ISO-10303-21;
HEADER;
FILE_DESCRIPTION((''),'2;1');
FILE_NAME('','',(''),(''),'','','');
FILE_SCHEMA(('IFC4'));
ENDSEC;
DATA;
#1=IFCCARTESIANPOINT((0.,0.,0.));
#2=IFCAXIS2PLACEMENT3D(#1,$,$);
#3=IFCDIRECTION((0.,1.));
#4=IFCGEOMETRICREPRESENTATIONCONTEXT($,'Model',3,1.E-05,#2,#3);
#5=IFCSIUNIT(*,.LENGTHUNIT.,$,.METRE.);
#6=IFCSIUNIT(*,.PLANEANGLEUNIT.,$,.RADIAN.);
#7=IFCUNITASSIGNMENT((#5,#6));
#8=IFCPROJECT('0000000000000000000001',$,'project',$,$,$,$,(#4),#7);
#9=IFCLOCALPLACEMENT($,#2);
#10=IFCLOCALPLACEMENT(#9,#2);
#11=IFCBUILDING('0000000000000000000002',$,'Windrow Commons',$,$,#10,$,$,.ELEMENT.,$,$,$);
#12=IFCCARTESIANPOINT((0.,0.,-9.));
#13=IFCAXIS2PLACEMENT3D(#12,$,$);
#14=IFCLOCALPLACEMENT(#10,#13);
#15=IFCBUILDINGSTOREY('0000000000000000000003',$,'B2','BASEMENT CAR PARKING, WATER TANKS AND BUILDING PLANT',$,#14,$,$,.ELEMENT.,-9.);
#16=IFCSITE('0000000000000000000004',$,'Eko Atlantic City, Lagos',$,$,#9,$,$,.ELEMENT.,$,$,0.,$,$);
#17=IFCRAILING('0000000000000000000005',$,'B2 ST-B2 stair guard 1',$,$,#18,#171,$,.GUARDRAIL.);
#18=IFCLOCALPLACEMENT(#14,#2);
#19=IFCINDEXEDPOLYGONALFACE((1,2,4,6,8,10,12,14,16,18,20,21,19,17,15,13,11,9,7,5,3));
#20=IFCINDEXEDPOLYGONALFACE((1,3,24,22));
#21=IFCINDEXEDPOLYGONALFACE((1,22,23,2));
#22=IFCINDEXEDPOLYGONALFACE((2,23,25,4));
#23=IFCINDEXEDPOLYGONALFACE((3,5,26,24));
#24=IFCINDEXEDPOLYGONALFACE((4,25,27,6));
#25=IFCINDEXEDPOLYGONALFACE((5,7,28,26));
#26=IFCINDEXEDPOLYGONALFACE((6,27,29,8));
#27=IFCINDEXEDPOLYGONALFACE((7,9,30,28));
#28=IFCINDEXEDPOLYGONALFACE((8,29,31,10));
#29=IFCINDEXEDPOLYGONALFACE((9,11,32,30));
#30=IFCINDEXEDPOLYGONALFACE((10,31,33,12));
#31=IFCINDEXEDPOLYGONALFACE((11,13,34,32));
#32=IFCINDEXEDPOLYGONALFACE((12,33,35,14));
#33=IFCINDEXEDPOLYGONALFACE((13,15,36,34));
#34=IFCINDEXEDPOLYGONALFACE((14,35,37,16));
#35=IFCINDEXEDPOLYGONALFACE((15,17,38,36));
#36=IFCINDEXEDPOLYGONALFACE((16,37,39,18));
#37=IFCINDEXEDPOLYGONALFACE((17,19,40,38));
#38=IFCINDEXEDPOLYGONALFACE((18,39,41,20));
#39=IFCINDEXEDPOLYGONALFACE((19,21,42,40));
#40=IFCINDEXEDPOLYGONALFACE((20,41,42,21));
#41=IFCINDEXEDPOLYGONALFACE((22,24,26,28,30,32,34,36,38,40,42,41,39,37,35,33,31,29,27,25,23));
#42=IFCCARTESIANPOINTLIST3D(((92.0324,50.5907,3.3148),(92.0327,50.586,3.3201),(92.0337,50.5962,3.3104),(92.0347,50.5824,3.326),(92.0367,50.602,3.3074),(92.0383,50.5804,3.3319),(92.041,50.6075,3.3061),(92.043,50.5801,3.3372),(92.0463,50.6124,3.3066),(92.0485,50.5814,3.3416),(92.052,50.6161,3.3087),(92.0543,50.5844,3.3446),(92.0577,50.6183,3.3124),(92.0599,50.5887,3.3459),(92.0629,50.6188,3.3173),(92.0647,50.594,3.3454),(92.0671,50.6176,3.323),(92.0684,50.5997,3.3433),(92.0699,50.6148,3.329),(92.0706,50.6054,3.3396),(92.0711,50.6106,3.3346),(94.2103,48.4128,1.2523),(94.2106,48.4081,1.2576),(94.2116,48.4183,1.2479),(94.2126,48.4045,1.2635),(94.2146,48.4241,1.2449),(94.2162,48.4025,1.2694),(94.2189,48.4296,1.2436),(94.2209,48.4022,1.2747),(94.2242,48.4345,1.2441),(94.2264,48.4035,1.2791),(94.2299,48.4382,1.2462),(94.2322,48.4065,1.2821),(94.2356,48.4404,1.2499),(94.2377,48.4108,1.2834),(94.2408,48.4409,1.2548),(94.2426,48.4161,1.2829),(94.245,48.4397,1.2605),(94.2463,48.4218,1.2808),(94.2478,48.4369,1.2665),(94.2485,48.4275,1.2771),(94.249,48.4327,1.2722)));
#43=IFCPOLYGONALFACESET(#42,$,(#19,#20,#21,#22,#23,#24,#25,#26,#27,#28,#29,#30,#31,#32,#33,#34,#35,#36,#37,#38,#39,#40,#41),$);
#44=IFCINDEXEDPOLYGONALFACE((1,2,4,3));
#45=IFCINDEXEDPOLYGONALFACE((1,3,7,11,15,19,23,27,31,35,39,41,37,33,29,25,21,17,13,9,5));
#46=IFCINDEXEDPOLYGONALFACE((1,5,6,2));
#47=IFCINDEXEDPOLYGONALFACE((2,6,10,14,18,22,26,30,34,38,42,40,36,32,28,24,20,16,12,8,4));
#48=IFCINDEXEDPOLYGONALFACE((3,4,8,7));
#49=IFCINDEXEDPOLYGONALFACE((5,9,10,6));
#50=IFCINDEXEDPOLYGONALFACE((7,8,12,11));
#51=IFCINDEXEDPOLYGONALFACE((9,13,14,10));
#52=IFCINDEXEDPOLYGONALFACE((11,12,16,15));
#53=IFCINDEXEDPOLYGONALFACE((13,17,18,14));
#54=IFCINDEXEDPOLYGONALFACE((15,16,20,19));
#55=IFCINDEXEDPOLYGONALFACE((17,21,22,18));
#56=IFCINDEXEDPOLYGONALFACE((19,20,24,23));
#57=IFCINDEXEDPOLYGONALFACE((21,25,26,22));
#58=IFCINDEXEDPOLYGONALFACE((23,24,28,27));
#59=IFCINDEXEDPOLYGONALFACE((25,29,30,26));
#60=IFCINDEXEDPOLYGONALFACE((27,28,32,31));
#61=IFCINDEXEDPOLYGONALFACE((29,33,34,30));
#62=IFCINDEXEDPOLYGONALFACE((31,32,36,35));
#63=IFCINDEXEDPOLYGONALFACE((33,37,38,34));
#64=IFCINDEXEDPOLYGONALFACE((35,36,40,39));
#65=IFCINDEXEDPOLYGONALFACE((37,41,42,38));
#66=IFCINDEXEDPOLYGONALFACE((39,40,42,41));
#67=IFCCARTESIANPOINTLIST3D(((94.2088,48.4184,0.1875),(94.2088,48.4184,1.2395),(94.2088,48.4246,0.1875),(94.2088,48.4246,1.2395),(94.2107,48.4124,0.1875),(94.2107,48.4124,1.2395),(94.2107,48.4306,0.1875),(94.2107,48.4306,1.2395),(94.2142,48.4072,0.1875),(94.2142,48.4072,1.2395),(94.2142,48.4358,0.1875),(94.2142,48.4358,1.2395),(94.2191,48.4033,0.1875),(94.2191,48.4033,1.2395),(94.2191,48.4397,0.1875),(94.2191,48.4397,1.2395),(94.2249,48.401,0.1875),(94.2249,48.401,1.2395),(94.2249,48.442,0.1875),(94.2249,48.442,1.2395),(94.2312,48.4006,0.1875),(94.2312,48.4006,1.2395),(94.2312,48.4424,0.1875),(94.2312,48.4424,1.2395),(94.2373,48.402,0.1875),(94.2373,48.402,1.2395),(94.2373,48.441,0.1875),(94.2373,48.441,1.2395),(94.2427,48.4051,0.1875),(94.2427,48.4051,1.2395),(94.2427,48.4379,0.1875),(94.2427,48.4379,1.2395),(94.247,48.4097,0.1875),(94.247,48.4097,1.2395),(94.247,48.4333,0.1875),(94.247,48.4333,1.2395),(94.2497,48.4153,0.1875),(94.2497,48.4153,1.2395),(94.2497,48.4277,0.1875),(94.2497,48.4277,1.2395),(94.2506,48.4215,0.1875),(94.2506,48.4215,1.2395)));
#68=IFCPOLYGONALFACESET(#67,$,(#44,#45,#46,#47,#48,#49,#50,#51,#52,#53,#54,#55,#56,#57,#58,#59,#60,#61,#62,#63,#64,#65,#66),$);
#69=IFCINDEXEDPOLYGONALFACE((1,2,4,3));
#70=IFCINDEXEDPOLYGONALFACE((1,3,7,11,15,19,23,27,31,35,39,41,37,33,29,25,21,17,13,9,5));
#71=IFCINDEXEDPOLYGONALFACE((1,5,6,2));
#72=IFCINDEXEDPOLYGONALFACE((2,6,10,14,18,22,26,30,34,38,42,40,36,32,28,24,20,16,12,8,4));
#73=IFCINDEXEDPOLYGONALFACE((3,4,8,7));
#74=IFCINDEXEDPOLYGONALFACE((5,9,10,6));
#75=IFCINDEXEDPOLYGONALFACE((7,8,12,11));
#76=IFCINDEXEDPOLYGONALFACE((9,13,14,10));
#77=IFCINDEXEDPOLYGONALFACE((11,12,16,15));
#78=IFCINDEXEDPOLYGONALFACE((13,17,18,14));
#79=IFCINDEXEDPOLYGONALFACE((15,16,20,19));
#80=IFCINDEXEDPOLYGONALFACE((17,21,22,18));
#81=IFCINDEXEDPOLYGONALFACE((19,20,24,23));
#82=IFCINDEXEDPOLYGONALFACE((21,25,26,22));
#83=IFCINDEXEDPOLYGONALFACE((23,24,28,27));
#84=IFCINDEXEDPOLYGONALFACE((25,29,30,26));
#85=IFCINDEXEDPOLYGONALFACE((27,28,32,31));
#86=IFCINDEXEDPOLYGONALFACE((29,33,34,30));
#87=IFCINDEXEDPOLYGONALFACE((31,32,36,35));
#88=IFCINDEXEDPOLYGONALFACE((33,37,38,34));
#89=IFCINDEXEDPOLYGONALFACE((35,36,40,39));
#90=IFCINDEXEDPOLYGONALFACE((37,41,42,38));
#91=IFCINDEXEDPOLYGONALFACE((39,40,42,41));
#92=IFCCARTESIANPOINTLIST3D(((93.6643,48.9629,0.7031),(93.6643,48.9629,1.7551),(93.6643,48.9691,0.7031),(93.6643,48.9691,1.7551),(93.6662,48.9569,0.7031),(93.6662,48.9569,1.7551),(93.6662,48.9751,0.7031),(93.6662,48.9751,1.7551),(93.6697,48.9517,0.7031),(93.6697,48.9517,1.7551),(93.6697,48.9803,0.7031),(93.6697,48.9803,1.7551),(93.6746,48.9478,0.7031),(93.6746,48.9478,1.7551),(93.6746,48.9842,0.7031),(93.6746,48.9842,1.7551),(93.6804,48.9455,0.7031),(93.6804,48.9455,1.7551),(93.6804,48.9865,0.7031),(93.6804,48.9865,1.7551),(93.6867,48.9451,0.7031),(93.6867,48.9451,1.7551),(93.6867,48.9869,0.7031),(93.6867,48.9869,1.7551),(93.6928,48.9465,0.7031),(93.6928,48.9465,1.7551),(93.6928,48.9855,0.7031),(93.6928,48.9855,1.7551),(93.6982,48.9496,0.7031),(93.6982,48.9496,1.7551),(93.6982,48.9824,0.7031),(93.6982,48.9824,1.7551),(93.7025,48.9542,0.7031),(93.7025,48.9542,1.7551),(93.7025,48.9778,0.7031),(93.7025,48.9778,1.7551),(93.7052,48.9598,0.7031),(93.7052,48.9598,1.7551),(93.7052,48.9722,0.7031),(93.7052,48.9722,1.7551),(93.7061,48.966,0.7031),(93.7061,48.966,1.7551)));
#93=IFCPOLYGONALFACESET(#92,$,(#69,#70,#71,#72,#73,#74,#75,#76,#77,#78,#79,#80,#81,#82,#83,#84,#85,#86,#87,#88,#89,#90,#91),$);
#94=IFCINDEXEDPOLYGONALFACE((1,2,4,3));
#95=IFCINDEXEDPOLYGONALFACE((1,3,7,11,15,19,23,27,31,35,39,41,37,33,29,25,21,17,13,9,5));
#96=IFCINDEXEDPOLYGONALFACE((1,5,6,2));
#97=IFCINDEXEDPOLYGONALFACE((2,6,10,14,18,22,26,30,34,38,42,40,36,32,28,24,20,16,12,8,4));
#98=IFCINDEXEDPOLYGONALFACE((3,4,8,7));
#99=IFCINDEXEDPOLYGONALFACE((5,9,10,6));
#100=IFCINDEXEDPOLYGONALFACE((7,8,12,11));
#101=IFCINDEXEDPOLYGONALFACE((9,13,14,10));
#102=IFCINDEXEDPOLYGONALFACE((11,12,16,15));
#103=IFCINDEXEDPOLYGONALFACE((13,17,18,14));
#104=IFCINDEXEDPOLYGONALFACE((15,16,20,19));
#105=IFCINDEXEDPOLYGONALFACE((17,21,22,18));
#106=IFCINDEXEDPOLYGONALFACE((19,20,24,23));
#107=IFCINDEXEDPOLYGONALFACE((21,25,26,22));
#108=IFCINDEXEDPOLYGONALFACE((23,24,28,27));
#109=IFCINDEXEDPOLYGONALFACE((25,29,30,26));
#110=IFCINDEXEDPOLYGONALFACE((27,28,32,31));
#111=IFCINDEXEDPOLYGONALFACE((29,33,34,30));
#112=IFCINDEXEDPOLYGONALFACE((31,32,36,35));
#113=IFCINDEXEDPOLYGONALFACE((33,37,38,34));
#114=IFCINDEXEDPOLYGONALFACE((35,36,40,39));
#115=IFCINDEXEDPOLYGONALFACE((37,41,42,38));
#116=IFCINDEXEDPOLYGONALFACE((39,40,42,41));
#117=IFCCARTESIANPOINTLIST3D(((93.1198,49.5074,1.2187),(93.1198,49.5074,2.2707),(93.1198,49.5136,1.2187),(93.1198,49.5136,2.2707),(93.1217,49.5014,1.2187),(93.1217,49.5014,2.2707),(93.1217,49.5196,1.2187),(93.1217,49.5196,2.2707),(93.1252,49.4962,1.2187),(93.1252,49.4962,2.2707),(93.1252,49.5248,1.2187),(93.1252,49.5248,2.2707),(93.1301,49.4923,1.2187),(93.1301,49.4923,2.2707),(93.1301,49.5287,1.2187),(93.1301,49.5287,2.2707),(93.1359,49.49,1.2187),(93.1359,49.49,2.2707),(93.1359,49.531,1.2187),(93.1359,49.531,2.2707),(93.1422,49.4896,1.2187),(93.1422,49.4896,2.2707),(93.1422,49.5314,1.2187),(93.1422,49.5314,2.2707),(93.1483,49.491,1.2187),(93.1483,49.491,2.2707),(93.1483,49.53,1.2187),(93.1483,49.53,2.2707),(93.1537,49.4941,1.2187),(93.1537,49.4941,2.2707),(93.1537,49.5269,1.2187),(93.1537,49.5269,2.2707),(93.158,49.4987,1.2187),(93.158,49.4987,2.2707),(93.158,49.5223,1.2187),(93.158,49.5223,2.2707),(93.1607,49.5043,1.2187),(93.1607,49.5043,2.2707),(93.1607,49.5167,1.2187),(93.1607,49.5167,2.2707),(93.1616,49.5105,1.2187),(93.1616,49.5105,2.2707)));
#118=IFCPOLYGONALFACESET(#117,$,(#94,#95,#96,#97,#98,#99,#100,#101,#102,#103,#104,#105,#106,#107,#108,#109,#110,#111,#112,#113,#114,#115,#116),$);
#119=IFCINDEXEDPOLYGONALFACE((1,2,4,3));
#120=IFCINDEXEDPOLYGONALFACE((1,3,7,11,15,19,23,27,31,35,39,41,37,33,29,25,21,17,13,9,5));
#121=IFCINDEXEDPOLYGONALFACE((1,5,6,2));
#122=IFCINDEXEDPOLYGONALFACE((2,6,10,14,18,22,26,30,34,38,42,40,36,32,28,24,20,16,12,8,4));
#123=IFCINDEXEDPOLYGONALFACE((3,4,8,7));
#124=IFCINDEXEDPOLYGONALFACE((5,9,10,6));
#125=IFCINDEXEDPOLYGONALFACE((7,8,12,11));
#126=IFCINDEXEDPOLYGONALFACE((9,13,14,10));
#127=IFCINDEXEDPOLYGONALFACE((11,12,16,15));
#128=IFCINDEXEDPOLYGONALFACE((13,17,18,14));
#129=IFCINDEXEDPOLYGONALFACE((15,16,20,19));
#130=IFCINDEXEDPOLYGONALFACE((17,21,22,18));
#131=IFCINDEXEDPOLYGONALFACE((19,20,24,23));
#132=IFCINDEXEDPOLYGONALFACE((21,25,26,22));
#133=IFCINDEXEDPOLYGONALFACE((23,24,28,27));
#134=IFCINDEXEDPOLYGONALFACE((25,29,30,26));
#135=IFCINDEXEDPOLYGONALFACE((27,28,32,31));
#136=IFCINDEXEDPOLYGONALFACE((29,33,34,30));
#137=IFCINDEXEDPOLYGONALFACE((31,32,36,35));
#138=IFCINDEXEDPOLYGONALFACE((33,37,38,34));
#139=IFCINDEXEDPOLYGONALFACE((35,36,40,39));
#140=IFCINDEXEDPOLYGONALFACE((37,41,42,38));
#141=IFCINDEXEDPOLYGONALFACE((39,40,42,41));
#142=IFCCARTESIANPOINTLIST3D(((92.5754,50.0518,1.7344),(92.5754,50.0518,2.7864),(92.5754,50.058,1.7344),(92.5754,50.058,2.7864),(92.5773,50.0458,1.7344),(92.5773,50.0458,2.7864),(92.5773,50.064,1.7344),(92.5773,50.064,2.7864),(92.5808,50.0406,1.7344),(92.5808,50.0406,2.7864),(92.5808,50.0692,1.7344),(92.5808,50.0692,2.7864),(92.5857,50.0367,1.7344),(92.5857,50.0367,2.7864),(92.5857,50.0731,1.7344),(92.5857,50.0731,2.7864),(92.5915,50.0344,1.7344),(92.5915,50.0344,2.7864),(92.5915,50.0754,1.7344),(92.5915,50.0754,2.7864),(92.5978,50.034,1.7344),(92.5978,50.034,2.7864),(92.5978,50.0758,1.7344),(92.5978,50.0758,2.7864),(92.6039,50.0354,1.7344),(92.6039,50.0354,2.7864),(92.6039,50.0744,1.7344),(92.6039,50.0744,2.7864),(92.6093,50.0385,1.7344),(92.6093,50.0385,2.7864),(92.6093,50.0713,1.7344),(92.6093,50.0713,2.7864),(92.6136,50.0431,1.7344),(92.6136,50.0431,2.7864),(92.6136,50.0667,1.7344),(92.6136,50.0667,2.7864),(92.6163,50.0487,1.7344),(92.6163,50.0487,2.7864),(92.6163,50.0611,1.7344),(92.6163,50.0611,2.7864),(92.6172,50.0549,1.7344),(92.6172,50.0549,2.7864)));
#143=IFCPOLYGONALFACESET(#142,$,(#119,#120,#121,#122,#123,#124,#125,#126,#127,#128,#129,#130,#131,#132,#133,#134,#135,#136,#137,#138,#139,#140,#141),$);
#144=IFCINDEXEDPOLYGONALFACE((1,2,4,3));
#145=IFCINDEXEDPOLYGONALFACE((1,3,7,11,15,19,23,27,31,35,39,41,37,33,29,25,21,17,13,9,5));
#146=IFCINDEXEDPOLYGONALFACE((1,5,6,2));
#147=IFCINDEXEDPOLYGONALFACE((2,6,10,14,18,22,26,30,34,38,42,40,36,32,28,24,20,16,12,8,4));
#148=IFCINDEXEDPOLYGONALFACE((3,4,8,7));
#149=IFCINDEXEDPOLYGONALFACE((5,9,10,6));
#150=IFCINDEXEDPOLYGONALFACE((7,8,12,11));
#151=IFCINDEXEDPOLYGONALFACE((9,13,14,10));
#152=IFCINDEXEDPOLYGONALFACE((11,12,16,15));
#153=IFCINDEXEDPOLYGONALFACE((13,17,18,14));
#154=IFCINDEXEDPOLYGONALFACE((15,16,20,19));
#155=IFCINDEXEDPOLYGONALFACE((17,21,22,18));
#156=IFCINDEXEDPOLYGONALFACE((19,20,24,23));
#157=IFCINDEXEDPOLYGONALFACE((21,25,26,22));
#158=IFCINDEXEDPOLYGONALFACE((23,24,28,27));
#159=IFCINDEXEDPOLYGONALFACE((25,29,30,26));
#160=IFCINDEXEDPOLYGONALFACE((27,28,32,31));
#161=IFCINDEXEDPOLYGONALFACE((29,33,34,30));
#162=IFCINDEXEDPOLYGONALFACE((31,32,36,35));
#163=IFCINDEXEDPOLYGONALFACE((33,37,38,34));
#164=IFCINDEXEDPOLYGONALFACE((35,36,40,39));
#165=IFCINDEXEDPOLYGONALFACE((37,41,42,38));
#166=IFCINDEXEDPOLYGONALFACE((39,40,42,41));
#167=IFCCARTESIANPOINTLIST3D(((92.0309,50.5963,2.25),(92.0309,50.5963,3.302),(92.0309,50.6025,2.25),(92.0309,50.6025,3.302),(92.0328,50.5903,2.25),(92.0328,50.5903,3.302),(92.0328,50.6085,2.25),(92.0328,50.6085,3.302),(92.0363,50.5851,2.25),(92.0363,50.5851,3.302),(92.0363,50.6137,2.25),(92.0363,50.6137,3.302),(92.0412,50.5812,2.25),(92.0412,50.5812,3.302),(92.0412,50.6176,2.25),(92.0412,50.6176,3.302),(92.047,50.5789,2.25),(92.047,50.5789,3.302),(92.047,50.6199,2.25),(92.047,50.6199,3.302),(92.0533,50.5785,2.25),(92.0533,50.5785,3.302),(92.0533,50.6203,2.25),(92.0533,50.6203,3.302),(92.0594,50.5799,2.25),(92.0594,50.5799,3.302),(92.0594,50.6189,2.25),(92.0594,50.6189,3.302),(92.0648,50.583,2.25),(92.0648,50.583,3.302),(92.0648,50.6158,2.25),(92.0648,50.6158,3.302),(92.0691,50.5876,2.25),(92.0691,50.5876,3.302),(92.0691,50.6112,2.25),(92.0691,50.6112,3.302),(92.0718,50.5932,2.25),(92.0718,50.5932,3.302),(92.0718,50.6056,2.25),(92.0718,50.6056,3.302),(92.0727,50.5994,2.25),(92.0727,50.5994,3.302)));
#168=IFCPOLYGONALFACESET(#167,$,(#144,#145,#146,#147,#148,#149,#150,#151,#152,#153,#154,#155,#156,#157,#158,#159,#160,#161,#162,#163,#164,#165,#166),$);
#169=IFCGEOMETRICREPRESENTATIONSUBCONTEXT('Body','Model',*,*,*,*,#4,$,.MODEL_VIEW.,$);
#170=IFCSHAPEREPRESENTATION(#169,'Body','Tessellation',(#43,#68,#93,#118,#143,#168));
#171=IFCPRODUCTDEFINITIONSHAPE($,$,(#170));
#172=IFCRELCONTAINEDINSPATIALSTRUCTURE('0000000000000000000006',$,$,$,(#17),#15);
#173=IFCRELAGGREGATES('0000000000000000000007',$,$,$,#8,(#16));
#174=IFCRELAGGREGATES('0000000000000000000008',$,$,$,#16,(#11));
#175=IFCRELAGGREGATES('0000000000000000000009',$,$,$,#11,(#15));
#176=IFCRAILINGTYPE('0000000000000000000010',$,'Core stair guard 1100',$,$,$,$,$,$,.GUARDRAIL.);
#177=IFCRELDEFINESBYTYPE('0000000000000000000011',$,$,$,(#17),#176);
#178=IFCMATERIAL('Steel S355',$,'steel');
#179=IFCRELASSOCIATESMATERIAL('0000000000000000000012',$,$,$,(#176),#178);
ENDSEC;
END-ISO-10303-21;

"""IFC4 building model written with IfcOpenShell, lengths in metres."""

from ifc_helpers import new_model, si_unit, direction, frame, origin, origin_2d, place, context, subcontext, project, spatial, circle, extrude, material, type_object, element, save


model = new_model("IFC4")

# Units and contexts
model_context = context("Model", 3, precision=1e-05, world=origin(), true_north=direction((0.0, 1.0)))
body_context = subcontext(model_context, "Body", "Model", "MODEL_VIEW")
ifc_project = project(units=[si_unit("LENGTHUNIT", "METRE"), si_unit("PLANEANGLEUNIT", "RADIAN")], contexts=[model_context])

# Site, building, storey
site_placement = place(None, origin())
site = spatial("IfcSite", under=ifc_project, at=site_placement, Name="Eko Atlantic City, Lagos", CompositionType="ELEMENT", RefElevation=0.0)
building_placement = place(site_placement, origin())
building = spatial("IfcBuilding", under=site, at=building_placement, Name="Windrow Commons", CompositionType="ELEMENT")
storey_placement = place(building_placement, frame((0.0, 0.0, -9.0)))
storey = spatial("IfcBuildingStorey", under=building, at=storey_placement, Name="B2", Description="BASEMENT CAR PARKING, WATER TANKS AND BUILDING PLANT", CompositionType="ELEMENT", Elevation=-9.0)

# Railing
ifc_material_1 = material(Name="Steel S355", Category="steel")
railing_type_1 = type_object("IfcRailingType", Name="Core stair guard 1100", PredefinedType="GUARDRAIL", material=ifc_material_1)
railing_1_placement = place(storey_placement, frame((94.2296, 48.4215, 0.1875)))
element("IfcRailing", 1, at=railing_1_placement, inside=storey, type_object=railing_type_1, Name="B2 ST-B2 stair guard 1", PredefinedType="GUARDRAIL", context=body_context, shape_type="SweptSolid", body=[
    extrude(circle(Radius=0.024, at=origin_2d()), frame((0.0, 0.0, 1.076), z_axis=(-0.587541, 0.587541, 0.556409), x_axis=(-0.707107, -0.707107, 0.0)), (0.0, 0.0, 1.0), 3.7068),
    extrude(circle(Radius=0.021, at=origin_2d()), origin(), (0.0, 0.0, 1.0), 1.052),
    extrude(circle(Radius=0.021, at=origin_2d()), frame((-0.5445, 0.5445, 0.5156)), (0.0, 0.0, 1.0), 1.052),
    extrude(circle(Radius=0.021, at=origin_2d()), frame((-1.089, 1.089, 1.0312)), (0.0, 0.0, 1.0), 1.052),
    extrude(circle(Radius=0.021, at=origin_2d()), frame((-1.6334, 1.6334, 1.5469)), (0.0, 0.0, 1.0), 1.052),
    extrude(circle(Radius=0.021, at=origin_2d()), frame((-2.1779, 2.1779, 2.0625)), (0.0, 0.0, 1.0), 1.052),
])

save(model, "model.ifc")
